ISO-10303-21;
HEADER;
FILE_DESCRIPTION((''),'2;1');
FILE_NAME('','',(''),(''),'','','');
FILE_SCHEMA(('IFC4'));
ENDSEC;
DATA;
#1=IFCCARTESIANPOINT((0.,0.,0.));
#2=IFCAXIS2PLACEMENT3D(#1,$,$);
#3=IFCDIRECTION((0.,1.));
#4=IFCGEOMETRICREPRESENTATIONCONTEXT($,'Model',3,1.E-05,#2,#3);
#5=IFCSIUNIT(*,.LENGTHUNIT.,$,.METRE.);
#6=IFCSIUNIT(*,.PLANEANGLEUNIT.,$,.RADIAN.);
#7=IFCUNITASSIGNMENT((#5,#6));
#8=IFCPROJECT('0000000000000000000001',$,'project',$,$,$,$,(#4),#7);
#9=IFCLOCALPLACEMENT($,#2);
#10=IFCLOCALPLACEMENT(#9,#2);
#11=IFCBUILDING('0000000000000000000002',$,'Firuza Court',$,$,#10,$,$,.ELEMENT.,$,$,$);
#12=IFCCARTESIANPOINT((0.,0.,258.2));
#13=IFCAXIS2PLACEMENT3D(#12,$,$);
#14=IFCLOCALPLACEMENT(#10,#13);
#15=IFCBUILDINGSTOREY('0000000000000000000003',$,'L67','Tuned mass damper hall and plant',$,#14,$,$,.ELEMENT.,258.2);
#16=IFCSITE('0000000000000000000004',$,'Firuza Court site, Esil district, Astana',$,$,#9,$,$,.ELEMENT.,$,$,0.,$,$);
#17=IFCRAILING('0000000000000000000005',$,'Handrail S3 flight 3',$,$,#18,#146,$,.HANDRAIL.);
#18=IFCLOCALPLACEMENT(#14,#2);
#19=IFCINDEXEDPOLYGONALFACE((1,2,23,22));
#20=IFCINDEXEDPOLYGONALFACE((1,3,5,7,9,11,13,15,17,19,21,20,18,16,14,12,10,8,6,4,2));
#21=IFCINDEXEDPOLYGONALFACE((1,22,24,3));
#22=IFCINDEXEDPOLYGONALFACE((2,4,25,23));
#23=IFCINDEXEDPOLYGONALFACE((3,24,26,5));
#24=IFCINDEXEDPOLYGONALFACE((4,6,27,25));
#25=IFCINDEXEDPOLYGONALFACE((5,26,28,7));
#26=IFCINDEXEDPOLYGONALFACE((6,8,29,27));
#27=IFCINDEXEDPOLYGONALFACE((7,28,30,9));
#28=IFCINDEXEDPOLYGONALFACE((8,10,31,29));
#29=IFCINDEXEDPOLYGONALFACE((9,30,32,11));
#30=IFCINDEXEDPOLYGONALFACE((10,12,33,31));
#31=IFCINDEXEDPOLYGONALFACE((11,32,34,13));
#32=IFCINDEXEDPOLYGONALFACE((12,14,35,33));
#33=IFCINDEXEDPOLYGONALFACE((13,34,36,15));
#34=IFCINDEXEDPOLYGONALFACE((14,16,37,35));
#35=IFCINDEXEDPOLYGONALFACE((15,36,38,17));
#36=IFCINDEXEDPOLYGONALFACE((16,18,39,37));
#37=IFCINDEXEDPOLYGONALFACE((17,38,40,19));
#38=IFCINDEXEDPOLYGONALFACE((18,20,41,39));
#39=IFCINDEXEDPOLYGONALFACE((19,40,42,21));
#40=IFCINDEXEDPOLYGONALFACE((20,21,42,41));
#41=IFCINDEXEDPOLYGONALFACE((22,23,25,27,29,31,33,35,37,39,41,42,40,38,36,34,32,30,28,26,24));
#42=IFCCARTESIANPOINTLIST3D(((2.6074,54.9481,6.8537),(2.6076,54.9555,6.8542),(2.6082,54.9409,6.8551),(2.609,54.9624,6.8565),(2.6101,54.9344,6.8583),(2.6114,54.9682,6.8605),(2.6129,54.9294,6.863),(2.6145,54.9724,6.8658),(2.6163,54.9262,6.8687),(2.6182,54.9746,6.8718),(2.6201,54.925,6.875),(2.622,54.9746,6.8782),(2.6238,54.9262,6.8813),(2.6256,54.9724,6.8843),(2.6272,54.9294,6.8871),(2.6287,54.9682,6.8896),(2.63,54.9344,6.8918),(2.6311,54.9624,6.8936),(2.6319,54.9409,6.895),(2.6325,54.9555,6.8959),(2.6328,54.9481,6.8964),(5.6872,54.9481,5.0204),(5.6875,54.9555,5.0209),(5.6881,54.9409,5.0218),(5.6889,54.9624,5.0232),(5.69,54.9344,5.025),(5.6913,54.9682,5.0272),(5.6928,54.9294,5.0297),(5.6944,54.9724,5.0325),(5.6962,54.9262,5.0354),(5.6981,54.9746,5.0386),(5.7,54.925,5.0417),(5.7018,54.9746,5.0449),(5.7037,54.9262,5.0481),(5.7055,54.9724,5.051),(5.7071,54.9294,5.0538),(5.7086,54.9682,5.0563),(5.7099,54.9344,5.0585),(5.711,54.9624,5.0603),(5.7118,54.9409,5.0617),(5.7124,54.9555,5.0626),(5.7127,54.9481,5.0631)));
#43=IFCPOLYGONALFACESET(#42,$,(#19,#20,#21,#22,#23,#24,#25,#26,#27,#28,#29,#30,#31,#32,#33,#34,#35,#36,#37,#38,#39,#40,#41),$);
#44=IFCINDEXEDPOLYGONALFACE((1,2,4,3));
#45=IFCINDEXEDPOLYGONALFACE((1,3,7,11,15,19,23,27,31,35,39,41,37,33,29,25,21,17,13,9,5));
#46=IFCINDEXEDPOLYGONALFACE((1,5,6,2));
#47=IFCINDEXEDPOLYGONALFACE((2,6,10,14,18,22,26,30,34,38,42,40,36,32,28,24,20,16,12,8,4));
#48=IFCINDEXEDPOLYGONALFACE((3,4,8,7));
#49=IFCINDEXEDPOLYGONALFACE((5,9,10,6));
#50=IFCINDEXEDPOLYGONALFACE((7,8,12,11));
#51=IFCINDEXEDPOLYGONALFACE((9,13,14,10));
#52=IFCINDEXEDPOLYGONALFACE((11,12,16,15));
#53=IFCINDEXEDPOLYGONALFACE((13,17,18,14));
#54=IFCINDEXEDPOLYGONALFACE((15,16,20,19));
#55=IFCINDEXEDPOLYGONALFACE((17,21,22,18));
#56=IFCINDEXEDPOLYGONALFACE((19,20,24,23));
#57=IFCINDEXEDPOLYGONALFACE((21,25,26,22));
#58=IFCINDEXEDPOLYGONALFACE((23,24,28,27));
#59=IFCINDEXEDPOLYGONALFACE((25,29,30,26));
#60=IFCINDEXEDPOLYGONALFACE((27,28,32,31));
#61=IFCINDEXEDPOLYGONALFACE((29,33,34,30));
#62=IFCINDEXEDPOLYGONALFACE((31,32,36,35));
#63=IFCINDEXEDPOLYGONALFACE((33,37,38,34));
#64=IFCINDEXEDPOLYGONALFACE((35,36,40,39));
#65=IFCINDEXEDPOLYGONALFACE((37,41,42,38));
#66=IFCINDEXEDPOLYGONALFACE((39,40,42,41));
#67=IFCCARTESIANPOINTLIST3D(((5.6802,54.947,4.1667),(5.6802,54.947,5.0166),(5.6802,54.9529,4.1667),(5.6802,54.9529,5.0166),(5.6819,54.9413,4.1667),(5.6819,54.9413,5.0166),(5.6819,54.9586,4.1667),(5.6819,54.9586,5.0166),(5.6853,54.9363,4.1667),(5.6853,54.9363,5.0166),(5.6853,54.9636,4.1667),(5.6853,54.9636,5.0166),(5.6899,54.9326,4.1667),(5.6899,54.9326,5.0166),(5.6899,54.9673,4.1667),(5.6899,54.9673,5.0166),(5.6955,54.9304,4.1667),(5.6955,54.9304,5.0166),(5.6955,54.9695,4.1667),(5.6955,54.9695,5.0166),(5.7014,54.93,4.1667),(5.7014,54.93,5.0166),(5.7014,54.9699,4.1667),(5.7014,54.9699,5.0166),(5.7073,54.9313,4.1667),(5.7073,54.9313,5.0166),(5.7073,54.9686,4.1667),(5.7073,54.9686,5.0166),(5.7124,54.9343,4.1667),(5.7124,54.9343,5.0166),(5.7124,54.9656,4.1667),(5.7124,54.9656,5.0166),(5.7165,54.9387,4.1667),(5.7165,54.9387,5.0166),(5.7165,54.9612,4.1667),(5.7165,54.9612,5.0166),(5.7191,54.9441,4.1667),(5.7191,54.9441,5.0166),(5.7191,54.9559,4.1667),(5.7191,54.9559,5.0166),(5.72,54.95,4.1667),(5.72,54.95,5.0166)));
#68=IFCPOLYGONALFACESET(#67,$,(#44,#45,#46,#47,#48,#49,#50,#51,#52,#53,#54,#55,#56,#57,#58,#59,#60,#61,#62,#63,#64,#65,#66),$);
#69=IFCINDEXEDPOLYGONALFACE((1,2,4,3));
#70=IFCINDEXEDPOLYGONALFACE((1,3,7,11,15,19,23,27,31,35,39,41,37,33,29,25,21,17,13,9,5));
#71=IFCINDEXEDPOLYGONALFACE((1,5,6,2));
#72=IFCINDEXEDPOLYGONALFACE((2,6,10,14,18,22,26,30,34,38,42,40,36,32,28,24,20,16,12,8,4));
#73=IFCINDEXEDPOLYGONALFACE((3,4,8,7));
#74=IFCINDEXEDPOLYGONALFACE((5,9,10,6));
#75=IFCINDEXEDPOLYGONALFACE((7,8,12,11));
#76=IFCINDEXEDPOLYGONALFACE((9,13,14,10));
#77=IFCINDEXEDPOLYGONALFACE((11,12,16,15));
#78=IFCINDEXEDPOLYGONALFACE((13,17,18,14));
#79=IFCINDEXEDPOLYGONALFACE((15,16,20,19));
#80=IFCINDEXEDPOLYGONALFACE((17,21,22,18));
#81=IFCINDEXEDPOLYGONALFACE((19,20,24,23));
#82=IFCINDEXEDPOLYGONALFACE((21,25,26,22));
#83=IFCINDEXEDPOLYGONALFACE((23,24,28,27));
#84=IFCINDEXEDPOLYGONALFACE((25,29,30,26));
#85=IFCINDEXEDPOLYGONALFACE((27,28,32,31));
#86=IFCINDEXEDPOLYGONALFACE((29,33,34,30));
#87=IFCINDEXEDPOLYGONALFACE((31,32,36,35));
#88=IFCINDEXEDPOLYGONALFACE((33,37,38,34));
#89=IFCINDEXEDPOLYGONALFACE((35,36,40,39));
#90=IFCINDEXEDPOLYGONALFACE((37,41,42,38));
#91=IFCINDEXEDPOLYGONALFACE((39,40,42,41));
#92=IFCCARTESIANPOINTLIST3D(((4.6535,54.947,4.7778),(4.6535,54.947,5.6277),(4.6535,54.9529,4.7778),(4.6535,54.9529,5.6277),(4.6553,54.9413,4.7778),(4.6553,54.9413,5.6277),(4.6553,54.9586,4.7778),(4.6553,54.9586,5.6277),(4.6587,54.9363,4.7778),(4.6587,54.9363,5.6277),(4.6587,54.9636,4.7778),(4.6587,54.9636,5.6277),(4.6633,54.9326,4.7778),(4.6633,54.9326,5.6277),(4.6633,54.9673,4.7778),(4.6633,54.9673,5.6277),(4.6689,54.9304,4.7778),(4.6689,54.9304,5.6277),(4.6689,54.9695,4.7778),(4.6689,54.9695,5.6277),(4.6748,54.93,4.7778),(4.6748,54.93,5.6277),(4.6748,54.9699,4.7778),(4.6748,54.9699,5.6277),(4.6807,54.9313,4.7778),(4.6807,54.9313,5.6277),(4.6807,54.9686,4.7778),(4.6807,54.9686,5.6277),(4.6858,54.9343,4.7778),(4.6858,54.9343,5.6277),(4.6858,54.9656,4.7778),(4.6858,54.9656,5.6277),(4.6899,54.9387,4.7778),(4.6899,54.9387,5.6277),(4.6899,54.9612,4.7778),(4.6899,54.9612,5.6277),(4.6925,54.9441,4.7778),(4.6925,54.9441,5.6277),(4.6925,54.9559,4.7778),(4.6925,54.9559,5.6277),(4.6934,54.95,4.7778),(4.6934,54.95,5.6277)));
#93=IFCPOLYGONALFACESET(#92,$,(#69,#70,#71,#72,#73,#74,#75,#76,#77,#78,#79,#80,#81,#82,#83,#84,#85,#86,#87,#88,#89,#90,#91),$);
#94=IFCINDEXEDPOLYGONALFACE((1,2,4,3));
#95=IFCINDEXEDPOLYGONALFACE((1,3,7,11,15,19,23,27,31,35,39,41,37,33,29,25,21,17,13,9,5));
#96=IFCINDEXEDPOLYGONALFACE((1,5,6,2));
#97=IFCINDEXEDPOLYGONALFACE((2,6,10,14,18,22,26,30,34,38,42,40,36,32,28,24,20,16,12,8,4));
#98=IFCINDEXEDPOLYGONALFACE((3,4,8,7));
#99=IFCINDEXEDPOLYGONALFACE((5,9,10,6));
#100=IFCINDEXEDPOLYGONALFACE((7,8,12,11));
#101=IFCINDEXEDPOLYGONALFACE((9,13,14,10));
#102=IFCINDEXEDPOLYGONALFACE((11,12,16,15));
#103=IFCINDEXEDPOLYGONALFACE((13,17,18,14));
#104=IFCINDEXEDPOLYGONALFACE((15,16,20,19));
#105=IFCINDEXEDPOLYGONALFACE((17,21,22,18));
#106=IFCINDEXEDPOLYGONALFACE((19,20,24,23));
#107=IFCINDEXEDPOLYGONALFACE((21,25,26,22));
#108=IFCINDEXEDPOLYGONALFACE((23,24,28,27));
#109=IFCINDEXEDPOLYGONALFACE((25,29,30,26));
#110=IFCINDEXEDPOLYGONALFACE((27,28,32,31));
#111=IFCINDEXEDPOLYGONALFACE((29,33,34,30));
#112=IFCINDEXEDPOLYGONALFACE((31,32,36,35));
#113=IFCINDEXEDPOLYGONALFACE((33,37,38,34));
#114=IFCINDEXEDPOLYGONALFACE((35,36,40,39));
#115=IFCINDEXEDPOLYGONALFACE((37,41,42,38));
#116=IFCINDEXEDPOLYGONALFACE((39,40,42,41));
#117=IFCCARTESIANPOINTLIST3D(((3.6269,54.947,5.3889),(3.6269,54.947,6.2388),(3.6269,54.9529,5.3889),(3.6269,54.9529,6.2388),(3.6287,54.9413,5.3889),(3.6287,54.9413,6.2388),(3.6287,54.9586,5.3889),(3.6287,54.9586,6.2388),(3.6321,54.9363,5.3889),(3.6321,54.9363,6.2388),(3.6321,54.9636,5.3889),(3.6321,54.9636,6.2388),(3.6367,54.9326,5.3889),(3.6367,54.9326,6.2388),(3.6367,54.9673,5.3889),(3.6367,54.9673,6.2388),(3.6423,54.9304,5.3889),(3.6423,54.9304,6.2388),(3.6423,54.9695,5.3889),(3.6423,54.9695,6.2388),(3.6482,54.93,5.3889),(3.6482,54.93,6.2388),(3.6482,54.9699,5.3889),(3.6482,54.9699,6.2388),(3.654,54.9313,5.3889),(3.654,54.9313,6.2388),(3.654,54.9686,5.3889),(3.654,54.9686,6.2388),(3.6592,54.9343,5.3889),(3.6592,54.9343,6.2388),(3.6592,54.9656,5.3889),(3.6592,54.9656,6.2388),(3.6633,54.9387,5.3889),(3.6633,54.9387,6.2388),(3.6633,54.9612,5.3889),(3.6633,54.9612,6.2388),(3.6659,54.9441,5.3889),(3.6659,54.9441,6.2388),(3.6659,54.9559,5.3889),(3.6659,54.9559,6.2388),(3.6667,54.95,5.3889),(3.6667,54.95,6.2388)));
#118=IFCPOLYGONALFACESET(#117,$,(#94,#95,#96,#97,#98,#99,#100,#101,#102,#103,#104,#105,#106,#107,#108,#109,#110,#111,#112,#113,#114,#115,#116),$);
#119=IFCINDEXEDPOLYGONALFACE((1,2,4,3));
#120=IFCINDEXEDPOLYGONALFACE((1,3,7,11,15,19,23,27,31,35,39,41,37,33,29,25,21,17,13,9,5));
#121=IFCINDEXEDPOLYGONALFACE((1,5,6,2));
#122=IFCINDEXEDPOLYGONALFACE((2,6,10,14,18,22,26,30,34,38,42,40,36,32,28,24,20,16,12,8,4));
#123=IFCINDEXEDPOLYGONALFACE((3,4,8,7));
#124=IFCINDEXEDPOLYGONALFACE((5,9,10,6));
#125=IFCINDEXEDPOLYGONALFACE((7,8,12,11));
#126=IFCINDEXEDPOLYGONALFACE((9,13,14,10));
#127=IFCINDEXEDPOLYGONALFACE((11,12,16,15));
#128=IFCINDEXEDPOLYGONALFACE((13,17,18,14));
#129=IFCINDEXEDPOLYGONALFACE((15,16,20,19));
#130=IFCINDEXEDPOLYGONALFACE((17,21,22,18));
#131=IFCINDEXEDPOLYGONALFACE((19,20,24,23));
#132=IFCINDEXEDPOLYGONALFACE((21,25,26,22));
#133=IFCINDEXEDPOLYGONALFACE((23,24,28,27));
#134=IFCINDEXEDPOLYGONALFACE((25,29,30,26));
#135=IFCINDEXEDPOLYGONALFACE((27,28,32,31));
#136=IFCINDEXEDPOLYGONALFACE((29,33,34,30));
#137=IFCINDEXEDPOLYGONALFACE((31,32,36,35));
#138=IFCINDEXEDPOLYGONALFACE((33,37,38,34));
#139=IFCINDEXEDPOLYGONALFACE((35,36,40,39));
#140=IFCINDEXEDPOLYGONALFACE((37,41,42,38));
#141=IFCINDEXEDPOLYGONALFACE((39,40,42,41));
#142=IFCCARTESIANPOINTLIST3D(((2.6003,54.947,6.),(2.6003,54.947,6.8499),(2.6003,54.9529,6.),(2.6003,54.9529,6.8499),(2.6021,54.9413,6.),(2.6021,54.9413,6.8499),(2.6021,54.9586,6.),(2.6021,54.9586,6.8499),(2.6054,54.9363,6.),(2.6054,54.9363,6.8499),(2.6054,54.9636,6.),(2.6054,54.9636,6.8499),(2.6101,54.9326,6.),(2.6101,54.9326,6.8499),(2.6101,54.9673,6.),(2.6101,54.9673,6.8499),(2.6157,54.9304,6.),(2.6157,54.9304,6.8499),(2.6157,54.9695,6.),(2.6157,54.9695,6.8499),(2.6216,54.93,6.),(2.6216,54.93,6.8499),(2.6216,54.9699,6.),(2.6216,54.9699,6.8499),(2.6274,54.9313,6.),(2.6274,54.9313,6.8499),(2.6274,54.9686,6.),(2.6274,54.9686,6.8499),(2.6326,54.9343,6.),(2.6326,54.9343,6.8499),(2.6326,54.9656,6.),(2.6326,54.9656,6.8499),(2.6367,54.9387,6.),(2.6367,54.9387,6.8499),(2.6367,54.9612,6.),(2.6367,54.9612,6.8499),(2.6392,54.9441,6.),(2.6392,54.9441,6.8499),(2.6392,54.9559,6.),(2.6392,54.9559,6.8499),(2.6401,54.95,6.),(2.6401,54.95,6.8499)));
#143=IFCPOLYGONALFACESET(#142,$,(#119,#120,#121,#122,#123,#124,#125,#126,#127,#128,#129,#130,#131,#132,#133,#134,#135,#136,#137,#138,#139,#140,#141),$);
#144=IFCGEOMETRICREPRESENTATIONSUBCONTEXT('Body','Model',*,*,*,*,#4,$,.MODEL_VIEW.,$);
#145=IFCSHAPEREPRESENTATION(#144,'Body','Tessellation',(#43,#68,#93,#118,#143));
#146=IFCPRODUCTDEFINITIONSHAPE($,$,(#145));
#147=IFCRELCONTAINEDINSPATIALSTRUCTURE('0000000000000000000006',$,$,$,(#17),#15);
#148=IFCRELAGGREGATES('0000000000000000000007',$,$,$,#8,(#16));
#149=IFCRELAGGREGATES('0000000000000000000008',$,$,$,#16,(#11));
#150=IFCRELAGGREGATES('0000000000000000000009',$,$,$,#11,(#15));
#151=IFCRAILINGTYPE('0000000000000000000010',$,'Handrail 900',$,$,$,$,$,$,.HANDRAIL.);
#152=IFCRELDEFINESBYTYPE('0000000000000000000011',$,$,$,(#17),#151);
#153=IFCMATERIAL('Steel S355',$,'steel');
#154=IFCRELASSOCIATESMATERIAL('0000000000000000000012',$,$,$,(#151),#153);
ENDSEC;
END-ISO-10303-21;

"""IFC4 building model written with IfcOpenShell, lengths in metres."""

from ifc_helpers import new_model, si_unit, direction, frame, origin, origin_2d, place, context, subcontext, project, spatial, circle, extrude, material, type_object, element, save


model = new_model("IFC4")

# Units and contexts
model_context = context("Model", 3, precision=1e-05, world=origin(), true_north=direction((0.0, 1.0)))
body_context = subcontext(model_context, "Body", "Model", "MODEL_VIEW")
ifc_project = project(units=[si_unit("LENGTHUNIT", "METRE"), si_unit("PLANEANGLEUNIT", "RADIAN")], contexts=[model_context])

# Site, building, storey
site_placement = place(None, origin())
site = spatial("IfcSite", under=ifc_project, at=site_placement, Name="Firuza Court site, Esil district, Astana", CompositionType="ELEMENT", RefElevation=0.0)
building_placement = place(site_placement, origin())
building = spatial("IfcBuilding", under=site, at=building_placement, Name="Firuza Court", CompositionType="ELEMENT")
storey_placement = place(building_placement, frame((0.0, 0.0, 258.2)))
storey = spatial("IfcBuildingStorey", under=building, at=storey_placement, Name="L67", Description="Tuned mass damper hall and plant", CompositionType="ELEMENT", Elevation=258.2)

# Railing
ifc_material_1 = material(Name="Steel S355", Category="steel")
railing_type_1 = type_object("IfcRailingType", Name="Handrail 900", PredefinedType="HANDRAIL", material=ifc_material_1)
for number, where, name in (
    (1, (5.7, 54.95, 4.1667), "Handrail S3 flight 3"),
):
    element("IfcRailing", number, at=place(storey_placement, frame(where)), inside=storey, type_object=railing_type_1, Name=name, PredefinedType="HANDRAIL", context=body_context, shape_type="SweptSolid", body=[
        extrude(circle(Radius=0.0249, at=origin_2d()), frame((0.0, 0.0, 0.875), z_axis=(-0.859291, 0.0, 0.511487), x_axis=(0.0, -1.0, 0.0)), (0.0, 0.0, 1.0), 3.5842),
        extrude(circle(Radius=0.02, at=origin_2d()), origin(), (0.0, 0.0, 1.0), 0.8499),
        extrude(circle(Radius=0.02, at=origin_2d()), frame((-1.0266, 0.0, 0.6111)), (0.0, 0.0, 1.0), 0.8499),
        extrude(circle(Radius=0.02, at=origin_2d()), frame((-2.0532, 0.0, 1.2222)), (0.0, 0.0, 1.0), 0.8499),
        extrude(circle(Radius=0.02, at=origin_2d()), frame((-3.0798, 0.0, 1.8333)), (0.0, 0.0, 1.0), 0.8499),
    ])

save(model, "model.ifc")
